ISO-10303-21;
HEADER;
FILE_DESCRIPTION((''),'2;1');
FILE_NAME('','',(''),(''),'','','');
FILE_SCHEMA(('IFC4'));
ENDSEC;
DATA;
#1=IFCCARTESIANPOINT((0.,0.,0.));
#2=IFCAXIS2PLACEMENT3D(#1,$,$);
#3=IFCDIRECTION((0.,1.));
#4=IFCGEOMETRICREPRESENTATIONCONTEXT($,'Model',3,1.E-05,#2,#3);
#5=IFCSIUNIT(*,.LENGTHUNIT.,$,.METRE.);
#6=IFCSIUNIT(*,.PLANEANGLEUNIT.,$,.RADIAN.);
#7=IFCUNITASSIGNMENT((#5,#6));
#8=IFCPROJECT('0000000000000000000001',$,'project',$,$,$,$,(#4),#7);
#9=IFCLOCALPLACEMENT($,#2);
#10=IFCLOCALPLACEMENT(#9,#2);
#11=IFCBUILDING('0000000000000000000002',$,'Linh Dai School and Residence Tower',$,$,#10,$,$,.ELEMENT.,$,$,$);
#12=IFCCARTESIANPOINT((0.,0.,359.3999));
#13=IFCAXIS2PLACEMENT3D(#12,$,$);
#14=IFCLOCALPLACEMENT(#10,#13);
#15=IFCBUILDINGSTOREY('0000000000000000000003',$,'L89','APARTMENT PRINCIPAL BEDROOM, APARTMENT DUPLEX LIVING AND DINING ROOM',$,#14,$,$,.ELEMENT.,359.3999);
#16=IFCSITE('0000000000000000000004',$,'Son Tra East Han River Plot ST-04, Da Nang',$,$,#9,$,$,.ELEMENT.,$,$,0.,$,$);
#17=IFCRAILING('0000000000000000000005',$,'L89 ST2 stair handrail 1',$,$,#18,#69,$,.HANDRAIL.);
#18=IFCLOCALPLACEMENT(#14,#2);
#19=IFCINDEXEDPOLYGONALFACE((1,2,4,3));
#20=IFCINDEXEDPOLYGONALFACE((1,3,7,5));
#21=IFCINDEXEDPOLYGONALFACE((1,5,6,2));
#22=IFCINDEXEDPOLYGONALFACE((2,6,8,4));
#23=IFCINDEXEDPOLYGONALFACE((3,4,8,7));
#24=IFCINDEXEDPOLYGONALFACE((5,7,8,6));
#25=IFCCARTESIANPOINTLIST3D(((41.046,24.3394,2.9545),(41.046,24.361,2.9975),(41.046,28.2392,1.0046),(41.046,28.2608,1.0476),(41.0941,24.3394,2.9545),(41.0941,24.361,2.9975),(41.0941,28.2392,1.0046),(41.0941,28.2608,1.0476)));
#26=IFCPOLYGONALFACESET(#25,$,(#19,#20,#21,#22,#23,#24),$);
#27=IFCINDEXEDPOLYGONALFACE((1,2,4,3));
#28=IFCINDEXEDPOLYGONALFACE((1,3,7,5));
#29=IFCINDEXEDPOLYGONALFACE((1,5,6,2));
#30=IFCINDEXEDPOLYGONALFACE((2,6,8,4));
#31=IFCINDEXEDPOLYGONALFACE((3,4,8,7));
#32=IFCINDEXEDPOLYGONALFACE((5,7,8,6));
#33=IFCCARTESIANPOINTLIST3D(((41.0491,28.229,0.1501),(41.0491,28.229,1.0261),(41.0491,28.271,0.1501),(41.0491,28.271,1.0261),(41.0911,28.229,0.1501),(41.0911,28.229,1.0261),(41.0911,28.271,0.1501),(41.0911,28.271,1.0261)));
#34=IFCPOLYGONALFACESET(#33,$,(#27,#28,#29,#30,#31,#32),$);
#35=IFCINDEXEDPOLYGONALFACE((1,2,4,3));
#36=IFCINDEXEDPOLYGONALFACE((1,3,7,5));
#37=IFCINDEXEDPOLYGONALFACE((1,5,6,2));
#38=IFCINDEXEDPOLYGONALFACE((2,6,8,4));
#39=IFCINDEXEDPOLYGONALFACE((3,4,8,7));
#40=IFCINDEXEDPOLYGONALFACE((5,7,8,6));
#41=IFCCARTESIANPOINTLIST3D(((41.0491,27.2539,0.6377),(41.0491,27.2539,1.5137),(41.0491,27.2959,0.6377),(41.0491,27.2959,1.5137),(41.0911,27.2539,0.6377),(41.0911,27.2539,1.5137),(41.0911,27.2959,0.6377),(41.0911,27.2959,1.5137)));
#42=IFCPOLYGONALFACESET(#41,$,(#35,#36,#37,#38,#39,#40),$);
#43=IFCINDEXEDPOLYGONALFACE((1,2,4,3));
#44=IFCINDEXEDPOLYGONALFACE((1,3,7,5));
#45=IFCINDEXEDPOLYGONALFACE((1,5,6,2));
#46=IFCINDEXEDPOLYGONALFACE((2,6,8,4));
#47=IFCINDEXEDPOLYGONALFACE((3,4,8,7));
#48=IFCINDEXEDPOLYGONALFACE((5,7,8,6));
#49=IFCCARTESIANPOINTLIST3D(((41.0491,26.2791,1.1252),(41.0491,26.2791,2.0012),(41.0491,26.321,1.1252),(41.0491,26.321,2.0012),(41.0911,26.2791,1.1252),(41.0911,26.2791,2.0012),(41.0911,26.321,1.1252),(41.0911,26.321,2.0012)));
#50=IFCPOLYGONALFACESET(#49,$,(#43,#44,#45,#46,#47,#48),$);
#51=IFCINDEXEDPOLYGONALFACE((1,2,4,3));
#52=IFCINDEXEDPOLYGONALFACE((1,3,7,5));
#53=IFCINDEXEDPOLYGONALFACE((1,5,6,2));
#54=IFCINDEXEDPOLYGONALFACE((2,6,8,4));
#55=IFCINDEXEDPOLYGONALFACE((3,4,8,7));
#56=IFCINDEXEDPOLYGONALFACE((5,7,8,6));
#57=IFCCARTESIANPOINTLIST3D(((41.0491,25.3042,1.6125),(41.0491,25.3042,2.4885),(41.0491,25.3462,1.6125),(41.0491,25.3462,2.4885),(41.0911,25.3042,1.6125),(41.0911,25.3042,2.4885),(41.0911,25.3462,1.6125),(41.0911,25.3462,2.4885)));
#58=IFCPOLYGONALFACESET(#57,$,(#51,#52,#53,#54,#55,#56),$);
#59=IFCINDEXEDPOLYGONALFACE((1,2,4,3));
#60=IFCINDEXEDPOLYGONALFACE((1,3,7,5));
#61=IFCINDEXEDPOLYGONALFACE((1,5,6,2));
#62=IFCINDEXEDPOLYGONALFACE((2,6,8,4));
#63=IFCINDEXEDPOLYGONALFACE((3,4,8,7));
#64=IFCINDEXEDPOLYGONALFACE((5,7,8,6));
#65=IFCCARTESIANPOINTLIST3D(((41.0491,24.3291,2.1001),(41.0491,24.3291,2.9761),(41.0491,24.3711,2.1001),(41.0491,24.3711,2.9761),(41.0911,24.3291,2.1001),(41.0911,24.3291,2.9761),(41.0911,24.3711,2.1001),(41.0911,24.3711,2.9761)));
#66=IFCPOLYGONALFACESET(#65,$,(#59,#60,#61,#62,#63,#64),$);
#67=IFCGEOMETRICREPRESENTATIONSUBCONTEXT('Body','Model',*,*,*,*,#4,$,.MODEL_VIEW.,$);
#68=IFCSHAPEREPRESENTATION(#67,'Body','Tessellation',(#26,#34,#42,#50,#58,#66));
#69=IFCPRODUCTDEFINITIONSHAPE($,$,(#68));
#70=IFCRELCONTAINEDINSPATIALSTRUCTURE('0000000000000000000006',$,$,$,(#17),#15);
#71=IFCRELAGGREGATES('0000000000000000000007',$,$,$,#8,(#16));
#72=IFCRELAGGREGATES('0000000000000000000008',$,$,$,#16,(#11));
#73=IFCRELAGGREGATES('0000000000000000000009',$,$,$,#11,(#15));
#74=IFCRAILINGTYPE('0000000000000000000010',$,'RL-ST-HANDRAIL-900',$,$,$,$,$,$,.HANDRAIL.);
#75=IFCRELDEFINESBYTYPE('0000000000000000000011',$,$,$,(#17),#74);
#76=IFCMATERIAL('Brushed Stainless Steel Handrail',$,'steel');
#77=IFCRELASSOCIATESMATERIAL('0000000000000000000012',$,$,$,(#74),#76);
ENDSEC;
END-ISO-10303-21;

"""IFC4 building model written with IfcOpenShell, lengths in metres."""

from ifc_helpers import new_model, si_unit, direction, frame, origin, origin_2d, place, context, subcontext, project, spatial, rectangle, extrude, source, transform, mapped, material, type_object, element, save


model = new_model("IFC4")

# Units and contexts
model_context = context("Model", 3, precision=1e-05, world=origin(), true_north=direction((0.0, 1.0)))
body_context = subcontext(model_context, "Body", "Model", "MODEL_VIEW")
ifc_project = project(units=[si_unit("LENGTHUNIT", "METRE"), si_unit("PLANEANGLEUNIT", "RADIAN")], contexts=[model_context])

# Site, building, storey
site_placement = place(None, origin())
site = spatial("IfcSite", under=ifc_project, at=site_placement, Name="Son Tra East Han River Plot ST-04, Da Nang", CompositionType="ELEMENT", RefElevation=0.0)
building_placement = place(site_placement, origin())
building = spatial("IfcBuilding", under=site, at=building_placement, Name="Linh Dai School and Residence Tower", CompositionType="ELEMENT")
storey_placement = place(building_placement, frame((0.0, 0.0, 359.3999)))
storey = spatial("IfcBuildingStorey", under=building, at=storey_placement, Name="L89", Description="APARTMENT PRINCIPAL BEDROOM, APARTMENT DUPLEX LIVING AND DINING ROOM", CompositionType="ELEMENT", Elevation=359.3999)

# Railing
ifc_material_1 = material(Name="Brushed Stainless Steel Handrail", Category="steel")
railing_type_1 = type_object("IfcRailingType", Name="RL-ST-HANDRAIL-900", PredefinedType="HANDRAIL", material=ifc_material_1)
shared_shape_1 = source(origin(), body_context, "Body", "SweptSolid", [
    extrude(rectangle(XDim=0.0481, YDim=0.0481, at=origin_2d()), frame((0.0, 0.0, 0.876), z_axis=(0.0, -0.894427, 0.447214), x_axis=(1.0, 0.0, 0.0)), (0.0, 0.0, 1.0), 4.3601),
    extrude(rectangle(XDim=0.042, YDim=0.042, at=origin_2d()), origin(), (0.0, 0.0, 1.0), 0.876),
    extrude(rectangle(XDim=0.042, YDim=0.042, at=origin_2d()), frame((0.0, -0.9751, 0.4875)), (0.0, 0.0, 1.0), 0.876),
    extrude(rectangle(XDim=0.042, YDim=0.042, at=origin_2d()), frame((0.0, -1.95, 0.9751)), (0.0, 0.0, 1.0), 0.876),
    extrude(rectangle(XDim=0.042, YDim=0.042, at=origin_2d()), frame((0.0, -2.9248, 1.4624)), (0.0, 0.0, 1.0), 0.876),
    extrude(rectangle(XDim=0.042, YDim=0.042, at=origin_2d()), frame((0.0, -3.8999, 1.95)), (0.0, 0.0, 1.0), 0.876),
])
railing_1_placement = place(storey_placement, frame((41.0701, 28.25, 0.1501)))
element("IfcRailing", 1, at=railing_1_placement, inside=storey, type_object=railing_type_1, Name="L89 ST2 stair handrail 1", PredefinedType="HANDRAIL", context=body_context, shape_type="MappedRepresentation", body=[
    mapped(shared_shape_1, transform((0.0, 0.0, 0.0), x_axis=(1.0, 0.0, 0.0), y_axis=(0.0, 1.0, 0.0), z_axis=(0.0, 0.0, 1.0), scale=1.0)),
])

save(model, "model.ifc")
